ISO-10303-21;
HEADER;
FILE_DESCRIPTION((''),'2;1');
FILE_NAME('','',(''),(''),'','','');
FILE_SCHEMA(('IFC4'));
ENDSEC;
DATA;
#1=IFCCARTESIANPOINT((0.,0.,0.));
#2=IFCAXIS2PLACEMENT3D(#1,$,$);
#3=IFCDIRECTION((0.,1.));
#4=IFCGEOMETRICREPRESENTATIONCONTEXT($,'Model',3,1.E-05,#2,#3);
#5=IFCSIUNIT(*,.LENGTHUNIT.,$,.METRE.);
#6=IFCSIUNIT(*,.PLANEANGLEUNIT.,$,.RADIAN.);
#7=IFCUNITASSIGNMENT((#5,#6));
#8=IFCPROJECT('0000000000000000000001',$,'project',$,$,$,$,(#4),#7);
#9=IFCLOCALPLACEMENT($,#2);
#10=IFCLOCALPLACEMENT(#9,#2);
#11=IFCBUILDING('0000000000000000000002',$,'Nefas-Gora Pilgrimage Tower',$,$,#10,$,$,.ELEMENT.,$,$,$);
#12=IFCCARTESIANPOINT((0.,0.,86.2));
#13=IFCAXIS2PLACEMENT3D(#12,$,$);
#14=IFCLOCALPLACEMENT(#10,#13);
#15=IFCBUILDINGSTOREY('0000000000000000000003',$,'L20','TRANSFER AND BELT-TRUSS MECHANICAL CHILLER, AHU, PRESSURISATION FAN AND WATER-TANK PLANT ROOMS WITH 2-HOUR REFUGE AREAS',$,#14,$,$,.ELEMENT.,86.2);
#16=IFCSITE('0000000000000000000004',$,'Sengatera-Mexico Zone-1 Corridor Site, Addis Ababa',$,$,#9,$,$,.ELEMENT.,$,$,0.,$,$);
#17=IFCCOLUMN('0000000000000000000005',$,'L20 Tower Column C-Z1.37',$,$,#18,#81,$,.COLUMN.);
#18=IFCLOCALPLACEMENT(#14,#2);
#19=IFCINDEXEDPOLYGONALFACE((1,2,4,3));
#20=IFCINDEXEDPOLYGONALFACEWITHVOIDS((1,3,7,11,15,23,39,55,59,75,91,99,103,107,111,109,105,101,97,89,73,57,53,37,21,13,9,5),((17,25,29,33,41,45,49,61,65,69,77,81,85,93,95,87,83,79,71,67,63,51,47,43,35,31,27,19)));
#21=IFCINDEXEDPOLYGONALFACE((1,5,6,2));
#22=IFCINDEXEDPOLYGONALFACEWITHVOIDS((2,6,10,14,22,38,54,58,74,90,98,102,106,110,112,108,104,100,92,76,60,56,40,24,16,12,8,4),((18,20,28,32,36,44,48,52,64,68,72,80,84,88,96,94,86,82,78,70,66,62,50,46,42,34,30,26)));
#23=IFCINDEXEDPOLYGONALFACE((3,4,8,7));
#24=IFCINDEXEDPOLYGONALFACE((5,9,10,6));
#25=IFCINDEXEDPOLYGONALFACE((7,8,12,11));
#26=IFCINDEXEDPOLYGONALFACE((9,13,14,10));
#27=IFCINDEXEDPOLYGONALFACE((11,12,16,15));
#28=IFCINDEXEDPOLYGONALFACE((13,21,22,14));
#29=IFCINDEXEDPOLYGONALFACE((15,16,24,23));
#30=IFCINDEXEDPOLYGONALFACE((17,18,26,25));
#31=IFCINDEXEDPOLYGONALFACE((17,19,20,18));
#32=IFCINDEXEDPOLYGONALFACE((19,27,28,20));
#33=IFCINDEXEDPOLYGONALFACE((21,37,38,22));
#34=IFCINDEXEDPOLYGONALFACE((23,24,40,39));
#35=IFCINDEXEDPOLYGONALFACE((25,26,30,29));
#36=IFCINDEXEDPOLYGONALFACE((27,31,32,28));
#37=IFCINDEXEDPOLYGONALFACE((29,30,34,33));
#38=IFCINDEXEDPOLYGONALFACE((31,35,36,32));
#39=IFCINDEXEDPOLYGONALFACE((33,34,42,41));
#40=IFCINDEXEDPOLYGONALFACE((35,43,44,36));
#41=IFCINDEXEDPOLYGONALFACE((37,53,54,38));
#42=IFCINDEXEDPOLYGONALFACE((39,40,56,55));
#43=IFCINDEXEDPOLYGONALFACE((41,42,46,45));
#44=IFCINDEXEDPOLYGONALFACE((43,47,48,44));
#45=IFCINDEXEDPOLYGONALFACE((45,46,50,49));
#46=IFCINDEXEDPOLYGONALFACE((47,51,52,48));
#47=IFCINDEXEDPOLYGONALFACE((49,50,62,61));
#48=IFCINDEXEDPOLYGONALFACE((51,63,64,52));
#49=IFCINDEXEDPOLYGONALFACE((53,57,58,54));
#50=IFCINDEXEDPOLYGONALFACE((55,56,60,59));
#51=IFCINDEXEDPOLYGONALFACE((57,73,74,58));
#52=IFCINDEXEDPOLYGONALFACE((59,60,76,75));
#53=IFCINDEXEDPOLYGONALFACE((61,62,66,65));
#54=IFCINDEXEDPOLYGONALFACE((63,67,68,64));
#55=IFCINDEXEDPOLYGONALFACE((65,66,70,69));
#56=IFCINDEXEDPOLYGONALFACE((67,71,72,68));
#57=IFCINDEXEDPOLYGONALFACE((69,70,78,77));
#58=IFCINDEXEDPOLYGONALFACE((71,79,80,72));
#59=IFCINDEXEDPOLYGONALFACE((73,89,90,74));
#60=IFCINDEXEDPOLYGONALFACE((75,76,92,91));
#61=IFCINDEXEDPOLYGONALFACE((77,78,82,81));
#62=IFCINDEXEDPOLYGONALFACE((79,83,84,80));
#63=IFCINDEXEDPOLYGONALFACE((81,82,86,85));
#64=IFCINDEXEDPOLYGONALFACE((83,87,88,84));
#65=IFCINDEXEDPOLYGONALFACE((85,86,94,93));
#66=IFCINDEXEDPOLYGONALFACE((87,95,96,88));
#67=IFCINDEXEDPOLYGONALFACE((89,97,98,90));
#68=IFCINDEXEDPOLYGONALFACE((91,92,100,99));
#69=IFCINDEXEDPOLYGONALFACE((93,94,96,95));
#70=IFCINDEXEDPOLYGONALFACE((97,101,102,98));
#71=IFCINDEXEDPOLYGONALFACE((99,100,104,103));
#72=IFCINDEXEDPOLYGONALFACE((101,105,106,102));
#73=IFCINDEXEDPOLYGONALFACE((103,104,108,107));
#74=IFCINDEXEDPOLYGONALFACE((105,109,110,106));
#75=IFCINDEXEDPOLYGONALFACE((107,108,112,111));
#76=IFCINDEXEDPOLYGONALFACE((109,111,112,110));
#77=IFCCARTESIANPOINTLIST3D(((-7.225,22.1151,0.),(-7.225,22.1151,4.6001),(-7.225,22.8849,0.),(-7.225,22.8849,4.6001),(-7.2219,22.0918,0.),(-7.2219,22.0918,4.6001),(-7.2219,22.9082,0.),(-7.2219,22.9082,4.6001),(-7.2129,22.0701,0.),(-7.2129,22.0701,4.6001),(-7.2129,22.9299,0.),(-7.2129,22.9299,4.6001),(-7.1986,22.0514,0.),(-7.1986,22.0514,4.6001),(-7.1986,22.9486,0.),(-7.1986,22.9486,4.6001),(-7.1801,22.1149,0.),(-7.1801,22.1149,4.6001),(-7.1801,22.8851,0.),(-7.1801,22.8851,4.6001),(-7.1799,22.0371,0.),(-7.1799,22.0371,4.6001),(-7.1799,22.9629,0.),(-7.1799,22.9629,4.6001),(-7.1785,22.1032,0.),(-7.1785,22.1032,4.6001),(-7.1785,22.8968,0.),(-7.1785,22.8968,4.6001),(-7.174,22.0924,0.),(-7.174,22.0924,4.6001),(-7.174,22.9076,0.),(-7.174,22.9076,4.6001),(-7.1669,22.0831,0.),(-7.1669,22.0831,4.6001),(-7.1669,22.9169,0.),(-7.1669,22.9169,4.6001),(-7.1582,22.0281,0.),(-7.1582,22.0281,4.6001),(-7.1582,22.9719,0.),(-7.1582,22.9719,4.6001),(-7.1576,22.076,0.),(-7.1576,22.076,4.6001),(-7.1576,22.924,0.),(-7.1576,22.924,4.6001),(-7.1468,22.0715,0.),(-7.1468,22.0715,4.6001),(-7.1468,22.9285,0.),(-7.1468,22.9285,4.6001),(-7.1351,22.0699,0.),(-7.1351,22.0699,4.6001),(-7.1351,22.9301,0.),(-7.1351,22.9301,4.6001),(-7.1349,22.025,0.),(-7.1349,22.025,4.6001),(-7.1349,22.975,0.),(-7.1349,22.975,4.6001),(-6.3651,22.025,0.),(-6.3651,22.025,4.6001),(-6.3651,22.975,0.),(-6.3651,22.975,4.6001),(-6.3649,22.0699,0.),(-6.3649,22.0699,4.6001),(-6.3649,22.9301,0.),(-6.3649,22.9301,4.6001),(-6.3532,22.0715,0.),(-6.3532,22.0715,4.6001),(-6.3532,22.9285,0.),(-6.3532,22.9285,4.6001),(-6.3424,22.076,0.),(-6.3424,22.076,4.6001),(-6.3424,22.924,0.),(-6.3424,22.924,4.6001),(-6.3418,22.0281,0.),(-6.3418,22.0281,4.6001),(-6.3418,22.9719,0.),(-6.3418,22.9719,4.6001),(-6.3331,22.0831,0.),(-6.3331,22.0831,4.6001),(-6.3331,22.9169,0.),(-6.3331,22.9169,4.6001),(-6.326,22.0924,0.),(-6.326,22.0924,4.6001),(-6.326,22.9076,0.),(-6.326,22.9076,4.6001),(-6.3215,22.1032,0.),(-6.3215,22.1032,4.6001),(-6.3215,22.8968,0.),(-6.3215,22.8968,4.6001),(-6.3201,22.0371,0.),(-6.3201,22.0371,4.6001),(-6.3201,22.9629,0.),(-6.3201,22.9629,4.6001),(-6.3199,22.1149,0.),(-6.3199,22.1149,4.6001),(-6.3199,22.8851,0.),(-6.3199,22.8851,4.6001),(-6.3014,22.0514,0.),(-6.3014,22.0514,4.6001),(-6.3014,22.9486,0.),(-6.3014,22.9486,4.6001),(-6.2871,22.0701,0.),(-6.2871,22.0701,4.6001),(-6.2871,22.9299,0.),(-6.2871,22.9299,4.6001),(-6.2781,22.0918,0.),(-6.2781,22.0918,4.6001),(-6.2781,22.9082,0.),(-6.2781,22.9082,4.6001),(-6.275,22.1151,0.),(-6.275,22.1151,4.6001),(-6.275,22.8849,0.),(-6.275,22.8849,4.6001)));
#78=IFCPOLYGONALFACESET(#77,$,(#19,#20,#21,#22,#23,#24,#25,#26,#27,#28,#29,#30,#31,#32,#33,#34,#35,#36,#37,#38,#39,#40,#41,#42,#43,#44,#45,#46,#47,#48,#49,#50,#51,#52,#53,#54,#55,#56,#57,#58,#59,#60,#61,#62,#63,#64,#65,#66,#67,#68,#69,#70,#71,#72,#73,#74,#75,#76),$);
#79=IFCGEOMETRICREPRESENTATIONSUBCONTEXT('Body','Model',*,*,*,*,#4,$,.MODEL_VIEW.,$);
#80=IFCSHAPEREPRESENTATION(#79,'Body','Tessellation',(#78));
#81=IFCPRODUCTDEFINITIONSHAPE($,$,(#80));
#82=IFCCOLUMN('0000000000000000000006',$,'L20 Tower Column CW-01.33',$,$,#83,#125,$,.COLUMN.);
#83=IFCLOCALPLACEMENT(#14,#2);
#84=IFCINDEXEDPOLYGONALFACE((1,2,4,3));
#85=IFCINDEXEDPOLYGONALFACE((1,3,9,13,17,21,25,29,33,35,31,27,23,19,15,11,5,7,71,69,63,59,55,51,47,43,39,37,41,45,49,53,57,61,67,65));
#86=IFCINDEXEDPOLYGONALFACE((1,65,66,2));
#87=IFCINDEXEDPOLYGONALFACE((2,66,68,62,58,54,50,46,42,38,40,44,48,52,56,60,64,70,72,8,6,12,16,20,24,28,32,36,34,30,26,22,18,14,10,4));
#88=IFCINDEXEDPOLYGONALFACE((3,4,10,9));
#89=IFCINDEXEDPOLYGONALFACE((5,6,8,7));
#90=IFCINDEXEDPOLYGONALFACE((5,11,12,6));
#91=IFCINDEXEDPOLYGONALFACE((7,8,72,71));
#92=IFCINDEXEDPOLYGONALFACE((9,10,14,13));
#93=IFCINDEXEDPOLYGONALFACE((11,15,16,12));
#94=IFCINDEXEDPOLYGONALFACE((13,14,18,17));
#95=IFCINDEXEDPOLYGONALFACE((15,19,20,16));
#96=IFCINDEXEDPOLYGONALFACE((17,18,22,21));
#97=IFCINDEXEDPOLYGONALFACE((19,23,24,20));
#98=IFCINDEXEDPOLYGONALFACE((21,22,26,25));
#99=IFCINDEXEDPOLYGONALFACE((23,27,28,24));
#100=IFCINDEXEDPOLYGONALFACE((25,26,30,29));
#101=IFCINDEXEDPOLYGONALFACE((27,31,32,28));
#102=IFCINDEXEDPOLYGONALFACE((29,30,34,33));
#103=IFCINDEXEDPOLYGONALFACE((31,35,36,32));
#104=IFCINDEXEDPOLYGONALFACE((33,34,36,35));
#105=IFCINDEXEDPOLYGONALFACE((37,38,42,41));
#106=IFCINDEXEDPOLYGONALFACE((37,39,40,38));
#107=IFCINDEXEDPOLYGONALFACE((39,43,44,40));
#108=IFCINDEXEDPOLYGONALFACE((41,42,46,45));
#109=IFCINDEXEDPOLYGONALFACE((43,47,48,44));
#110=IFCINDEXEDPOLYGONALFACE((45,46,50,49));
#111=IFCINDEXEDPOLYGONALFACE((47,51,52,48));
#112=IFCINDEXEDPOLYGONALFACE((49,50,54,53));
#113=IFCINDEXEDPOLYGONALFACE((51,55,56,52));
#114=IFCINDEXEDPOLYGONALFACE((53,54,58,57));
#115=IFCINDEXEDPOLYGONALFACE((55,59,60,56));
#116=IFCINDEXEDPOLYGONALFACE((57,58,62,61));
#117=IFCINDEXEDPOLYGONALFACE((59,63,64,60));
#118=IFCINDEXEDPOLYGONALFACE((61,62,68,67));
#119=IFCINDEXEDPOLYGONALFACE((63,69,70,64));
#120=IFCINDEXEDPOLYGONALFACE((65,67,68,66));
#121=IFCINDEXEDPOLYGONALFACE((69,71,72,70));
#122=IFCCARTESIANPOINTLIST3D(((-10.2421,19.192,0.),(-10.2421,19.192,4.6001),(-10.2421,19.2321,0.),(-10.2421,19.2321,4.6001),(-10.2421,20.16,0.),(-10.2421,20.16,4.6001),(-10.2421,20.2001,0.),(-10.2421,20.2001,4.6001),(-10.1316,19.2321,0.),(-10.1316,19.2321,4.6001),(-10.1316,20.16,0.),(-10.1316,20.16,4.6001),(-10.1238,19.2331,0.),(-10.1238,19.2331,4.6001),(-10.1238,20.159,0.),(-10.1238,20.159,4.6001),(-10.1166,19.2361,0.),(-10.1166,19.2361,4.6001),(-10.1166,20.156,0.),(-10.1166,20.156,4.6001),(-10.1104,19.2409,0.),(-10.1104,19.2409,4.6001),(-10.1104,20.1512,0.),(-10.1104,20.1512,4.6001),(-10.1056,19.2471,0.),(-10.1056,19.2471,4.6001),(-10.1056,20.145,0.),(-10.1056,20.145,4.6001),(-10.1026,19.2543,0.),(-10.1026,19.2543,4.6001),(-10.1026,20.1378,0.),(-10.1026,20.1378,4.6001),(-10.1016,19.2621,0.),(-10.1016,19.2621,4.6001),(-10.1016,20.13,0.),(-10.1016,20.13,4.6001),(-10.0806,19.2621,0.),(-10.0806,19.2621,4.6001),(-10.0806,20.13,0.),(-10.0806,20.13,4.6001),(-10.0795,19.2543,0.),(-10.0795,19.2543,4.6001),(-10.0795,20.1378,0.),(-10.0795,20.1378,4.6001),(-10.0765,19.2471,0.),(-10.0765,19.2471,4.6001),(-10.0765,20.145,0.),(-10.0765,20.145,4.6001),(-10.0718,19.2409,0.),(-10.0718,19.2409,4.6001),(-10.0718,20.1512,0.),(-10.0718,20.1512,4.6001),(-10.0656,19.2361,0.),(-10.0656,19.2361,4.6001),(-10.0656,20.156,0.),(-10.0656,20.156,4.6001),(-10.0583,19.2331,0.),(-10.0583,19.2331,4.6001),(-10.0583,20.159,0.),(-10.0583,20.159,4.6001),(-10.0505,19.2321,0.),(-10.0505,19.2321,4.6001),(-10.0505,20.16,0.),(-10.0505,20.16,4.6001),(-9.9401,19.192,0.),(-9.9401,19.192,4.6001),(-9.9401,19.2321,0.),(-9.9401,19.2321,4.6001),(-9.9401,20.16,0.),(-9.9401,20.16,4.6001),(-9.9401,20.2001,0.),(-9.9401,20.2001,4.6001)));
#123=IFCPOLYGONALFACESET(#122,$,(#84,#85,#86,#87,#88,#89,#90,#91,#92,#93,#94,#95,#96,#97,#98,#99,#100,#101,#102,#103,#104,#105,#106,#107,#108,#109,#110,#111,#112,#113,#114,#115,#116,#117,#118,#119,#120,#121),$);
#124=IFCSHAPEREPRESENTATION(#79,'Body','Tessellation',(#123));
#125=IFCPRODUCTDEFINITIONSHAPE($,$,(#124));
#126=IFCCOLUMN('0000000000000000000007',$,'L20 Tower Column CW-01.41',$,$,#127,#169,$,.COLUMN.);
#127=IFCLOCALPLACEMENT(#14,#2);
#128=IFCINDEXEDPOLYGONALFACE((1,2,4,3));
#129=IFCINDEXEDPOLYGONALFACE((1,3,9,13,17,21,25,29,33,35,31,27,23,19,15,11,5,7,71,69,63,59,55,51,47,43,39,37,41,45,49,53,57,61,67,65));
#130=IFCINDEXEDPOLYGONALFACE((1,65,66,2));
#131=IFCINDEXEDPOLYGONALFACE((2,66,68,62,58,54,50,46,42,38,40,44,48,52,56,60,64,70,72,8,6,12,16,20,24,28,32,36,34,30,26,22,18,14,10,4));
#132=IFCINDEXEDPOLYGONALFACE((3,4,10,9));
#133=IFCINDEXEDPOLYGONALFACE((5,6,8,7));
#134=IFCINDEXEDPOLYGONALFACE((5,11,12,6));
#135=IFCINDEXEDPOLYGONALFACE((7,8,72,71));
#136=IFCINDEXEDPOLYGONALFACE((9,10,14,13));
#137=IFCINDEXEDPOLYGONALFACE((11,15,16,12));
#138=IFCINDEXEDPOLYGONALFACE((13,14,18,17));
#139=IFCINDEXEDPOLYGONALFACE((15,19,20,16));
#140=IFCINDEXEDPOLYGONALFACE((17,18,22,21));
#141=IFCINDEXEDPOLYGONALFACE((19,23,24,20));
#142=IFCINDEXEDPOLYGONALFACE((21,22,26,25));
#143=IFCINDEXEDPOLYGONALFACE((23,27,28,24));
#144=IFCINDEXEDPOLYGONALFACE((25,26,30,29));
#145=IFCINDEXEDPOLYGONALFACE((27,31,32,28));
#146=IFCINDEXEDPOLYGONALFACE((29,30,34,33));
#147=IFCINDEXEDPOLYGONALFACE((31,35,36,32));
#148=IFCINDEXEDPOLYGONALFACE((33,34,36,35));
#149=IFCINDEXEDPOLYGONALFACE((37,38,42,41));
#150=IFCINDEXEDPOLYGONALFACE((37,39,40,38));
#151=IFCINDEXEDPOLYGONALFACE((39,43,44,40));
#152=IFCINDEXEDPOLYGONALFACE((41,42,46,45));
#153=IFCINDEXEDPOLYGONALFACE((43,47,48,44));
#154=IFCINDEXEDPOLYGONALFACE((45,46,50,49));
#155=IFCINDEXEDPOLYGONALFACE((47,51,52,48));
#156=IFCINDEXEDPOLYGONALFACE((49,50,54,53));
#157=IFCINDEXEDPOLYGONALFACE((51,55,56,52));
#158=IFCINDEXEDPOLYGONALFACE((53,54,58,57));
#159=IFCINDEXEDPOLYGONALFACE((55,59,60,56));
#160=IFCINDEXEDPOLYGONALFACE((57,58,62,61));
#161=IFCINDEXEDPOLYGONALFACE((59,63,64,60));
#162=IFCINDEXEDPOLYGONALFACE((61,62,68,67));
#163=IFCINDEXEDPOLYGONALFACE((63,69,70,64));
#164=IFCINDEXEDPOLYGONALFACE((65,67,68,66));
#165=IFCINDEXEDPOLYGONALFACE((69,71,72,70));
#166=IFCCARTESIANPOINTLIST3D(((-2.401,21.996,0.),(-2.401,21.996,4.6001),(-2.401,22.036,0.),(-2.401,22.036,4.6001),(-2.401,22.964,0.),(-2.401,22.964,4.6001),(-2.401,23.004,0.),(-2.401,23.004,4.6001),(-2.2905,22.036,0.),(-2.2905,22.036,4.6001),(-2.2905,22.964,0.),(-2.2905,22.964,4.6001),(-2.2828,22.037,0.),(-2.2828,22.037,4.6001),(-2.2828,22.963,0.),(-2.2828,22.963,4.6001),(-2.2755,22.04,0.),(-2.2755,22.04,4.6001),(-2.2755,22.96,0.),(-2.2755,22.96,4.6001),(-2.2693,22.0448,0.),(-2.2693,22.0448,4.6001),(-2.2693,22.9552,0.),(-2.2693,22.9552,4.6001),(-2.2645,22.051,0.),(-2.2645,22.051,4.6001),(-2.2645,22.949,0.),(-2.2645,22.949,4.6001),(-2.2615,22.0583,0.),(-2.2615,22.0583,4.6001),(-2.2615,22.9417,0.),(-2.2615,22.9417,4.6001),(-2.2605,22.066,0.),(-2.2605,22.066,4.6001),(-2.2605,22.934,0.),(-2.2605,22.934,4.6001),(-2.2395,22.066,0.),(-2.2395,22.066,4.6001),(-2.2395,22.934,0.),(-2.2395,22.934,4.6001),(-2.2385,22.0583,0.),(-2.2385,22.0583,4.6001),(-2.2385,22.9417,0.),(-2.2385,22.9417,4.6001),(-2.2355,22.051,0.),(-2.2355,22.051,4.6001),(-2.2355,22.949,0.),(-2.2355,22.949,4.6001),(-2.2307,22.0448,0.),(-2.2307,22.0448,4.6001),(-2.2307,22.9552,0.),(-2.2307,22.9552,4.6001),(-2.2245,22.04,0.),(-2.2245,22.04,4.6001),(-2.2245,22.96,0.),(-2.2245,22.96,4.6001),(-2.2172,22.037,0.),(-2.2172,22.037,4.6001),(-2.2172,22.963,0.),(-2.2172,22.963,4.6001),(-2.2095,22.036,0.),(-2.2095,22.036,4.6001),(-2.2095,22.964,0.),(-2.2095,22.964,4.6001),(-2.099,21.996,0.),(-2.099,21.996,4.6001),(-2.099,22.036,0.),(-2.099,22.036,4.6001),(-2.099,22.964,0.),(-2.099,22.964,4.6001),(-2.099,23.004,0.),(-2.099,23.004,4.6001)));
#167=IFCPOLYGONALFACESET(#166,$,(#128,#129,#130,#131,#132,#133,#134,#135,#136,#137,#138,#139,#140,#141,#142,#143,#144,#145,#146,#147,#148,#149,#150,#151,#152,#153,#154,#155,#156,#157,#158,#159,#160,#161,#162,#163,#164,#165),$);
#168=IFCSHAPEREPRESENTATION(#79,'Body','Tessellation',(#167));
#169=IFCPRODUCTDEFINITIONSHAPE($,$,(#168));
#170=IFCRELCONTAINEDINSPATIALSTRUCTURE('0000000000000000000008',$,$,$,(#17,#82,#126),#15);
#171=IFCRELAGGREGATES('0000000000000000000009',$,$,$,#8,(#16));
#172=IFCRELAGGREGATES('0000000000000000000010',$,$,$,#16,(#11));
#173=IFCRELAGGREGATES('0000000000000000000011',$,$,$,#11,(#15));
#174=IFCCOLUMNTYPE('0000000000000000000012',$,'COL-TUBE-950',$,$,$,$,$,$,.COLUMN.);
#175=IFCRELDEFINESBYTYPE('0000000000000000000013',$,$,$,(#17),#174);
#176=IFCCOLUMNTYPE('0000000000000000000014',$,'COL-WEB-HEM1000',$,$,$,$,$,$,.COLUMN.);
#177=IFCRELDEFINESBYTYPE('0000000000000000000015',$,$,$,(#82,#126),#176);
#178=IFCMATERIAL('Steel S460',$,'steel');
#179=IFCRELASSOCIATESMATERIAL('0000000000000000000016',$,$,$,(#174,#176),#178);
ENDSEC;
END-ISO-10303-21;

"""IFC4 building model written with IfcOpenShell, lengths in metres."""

from ifc_helpers import new_model, si_unit, direction, frame, origin, origin_2d, place, context, subcontext, project, spatial, hollow_rectangle, i_section, extrude, source, transform, mapped, material, material_profile, profile_set, type_object, element, save


model = new_model("IFC4")

# Units and contexts
model_context = context("Model", 3, precision=1e-05, world=origin(), true_north=direction((0.0, 1.0)))
body_context = subcontext(model_context, "Body", "Model", "MODEL_VIEW")
ifc_project = project(units=[si_unit("LENGTHUNIT", "METRE"), si_unit("PLANEANGLEUNIT", "RADIAN")], contexts=[model_context])

# Site, building, storey
site_placement = place(None, origin())
site = spatial("IfcSite", under=ifc_project, at=site_placement, Name="Sengatera-Mexico Zone-1 Corridor Site, Addis Ababa", CompositionType="ELEMENT", RefElevation=0.0)
building_placement = place(site_placement, origin())
building = spatial("IfcBuilding", under=site, at=building_placement, Name="Nefas-Gora Pilgrimage Tower", CompositionType="ELEMENT")
storey_placement = place(building_placement, frame((0.0, 0.0, 86.2)))
storey = spatial("IfcBuildingStorey", under=building, at=storey_placement, Name="L20", Description="TRANSFER AND BELT-TRUSS MECHANICAL CHILLER, AHU, PRESSURISATION FAN AND WATER-TANK PLANT ROOMS WITH 2-HOUR REFUGE AREAS", CompositionType="ELEMENT", Elevation=86.2)

# Columns
ifc_material_1 = material(Name="Steel S460", Category="steel")
ifc_material_profile_1 = material_profile(ifc_material_1, hollow_rectangle(XDim=0.95, YDim=0.95, WallThickness=0.0449, InnerFilletRadius=0.0449, OuterFilletRadius=0.0901, at=origin_2d()), Name="BOX 950x950x45")
ifc_profile_set_1 = profile_set([ifc_material_profile_1], Name="Steel S460")
column_type_1 = type_object("IfcColumnType", Name="COL-TUBE-950", PredefinedType="COLUMN", material=ifc_profile_set_1)
shared_shape_1 = source(origin(), body_context, "Body", "SweptSolid", [
    extrude(hollow_rectangle(XDim=0.95, YDim=0.95, WallThickness=0.0449, InnerFilletRadius=0.0449, OuterFilletRadius=0.0901, at=origin_2d()), origin(), (0.0, 0.0, 1.0), 4.6001),
])
column_placement = place(storey_placement, frame((-6.75, 22.5, 0.0), z_axis=(0.0, 0.0, 1.0), x_axis=(1.0, 0.0, 0.0)))
element("IfcColumn", 1, at=column_placement, inside=storey, type_object=column_type_1, Name="L20 Tower Column C-Z1.37", PredefinedType="COLUMN", context=body_context, shape_type="MappedRepresentation", body=[
    mapped(shared_shape_1, transform((0.0, 0.0, 0.0), x_axis=(1.0, 0.0, 0.0), y_axis=(0.0, 1.0, 0.0), z_axis=(0.0, 0.0, 1.0), scale=1.0)),
])
ifc_material_profile_2 = material_profile(ifc_material_1, i_section(OverallWidth=0.302, OverallDepth=1.0081, WebThickness=0.021, FlangeThickness=0.04, FilletRadius=0.03, at=origin_2d()), Name="HEM 1000")
ifc_profile_set_2 = profile_set([ifc_material_profile_2], Name="Steel S460")
column_type_2 = type_object("IfcColumnType", Name="COL-WEB-HEM1000", PredefinedType="COLUMN", material=ifc_profile_set_2)
shared_shape_2 = source(origin(), body_context, "Body", "SweptSolid", [
    extrude(i_section(OverallWidth=0.302, OverallDepth=1.0081, WebThickness=0.021, FlangeThickness=0.04, FilletRadius=0.03, at=origin_2d()), origin(), (0.0, 0.0, 1.0), 4.6001),
])
for number, where, z_axis, x_axis, name in (
    (2, (-10.0911, 19.696, 0.0), (0.0, 0.0, 1.0), (1.0, 0.0, 0.0), "L20 Tower Column CW-01.33"),
    (3, (-2.25, 22.5, 0.0), (0.0, 0.0, 1.0), (1.0, 0.0, 0.0), "L20 Tower Column CW-01.41"),
):
    element("IfcColumn", number, at=place(storey_placement, frame(where, z_axis=z_axis, x_axis=x_axis)), inside=storey, type_object=column_type_2, Name=name, PredefinedType="COLUMN", context=body_context, shape_type="MappedRepresentation", body=[
        mapped(shared_shape_2, transform((0.0, 0.0, 0.0), x_axis=(1.0, 0.0, 0.0), y_axis=(0.0, 1.0, 0.0), z_axis=(0.0, 0.0, 1.0), scale=1.0)),
    ])

save(model, "model.ifc")
